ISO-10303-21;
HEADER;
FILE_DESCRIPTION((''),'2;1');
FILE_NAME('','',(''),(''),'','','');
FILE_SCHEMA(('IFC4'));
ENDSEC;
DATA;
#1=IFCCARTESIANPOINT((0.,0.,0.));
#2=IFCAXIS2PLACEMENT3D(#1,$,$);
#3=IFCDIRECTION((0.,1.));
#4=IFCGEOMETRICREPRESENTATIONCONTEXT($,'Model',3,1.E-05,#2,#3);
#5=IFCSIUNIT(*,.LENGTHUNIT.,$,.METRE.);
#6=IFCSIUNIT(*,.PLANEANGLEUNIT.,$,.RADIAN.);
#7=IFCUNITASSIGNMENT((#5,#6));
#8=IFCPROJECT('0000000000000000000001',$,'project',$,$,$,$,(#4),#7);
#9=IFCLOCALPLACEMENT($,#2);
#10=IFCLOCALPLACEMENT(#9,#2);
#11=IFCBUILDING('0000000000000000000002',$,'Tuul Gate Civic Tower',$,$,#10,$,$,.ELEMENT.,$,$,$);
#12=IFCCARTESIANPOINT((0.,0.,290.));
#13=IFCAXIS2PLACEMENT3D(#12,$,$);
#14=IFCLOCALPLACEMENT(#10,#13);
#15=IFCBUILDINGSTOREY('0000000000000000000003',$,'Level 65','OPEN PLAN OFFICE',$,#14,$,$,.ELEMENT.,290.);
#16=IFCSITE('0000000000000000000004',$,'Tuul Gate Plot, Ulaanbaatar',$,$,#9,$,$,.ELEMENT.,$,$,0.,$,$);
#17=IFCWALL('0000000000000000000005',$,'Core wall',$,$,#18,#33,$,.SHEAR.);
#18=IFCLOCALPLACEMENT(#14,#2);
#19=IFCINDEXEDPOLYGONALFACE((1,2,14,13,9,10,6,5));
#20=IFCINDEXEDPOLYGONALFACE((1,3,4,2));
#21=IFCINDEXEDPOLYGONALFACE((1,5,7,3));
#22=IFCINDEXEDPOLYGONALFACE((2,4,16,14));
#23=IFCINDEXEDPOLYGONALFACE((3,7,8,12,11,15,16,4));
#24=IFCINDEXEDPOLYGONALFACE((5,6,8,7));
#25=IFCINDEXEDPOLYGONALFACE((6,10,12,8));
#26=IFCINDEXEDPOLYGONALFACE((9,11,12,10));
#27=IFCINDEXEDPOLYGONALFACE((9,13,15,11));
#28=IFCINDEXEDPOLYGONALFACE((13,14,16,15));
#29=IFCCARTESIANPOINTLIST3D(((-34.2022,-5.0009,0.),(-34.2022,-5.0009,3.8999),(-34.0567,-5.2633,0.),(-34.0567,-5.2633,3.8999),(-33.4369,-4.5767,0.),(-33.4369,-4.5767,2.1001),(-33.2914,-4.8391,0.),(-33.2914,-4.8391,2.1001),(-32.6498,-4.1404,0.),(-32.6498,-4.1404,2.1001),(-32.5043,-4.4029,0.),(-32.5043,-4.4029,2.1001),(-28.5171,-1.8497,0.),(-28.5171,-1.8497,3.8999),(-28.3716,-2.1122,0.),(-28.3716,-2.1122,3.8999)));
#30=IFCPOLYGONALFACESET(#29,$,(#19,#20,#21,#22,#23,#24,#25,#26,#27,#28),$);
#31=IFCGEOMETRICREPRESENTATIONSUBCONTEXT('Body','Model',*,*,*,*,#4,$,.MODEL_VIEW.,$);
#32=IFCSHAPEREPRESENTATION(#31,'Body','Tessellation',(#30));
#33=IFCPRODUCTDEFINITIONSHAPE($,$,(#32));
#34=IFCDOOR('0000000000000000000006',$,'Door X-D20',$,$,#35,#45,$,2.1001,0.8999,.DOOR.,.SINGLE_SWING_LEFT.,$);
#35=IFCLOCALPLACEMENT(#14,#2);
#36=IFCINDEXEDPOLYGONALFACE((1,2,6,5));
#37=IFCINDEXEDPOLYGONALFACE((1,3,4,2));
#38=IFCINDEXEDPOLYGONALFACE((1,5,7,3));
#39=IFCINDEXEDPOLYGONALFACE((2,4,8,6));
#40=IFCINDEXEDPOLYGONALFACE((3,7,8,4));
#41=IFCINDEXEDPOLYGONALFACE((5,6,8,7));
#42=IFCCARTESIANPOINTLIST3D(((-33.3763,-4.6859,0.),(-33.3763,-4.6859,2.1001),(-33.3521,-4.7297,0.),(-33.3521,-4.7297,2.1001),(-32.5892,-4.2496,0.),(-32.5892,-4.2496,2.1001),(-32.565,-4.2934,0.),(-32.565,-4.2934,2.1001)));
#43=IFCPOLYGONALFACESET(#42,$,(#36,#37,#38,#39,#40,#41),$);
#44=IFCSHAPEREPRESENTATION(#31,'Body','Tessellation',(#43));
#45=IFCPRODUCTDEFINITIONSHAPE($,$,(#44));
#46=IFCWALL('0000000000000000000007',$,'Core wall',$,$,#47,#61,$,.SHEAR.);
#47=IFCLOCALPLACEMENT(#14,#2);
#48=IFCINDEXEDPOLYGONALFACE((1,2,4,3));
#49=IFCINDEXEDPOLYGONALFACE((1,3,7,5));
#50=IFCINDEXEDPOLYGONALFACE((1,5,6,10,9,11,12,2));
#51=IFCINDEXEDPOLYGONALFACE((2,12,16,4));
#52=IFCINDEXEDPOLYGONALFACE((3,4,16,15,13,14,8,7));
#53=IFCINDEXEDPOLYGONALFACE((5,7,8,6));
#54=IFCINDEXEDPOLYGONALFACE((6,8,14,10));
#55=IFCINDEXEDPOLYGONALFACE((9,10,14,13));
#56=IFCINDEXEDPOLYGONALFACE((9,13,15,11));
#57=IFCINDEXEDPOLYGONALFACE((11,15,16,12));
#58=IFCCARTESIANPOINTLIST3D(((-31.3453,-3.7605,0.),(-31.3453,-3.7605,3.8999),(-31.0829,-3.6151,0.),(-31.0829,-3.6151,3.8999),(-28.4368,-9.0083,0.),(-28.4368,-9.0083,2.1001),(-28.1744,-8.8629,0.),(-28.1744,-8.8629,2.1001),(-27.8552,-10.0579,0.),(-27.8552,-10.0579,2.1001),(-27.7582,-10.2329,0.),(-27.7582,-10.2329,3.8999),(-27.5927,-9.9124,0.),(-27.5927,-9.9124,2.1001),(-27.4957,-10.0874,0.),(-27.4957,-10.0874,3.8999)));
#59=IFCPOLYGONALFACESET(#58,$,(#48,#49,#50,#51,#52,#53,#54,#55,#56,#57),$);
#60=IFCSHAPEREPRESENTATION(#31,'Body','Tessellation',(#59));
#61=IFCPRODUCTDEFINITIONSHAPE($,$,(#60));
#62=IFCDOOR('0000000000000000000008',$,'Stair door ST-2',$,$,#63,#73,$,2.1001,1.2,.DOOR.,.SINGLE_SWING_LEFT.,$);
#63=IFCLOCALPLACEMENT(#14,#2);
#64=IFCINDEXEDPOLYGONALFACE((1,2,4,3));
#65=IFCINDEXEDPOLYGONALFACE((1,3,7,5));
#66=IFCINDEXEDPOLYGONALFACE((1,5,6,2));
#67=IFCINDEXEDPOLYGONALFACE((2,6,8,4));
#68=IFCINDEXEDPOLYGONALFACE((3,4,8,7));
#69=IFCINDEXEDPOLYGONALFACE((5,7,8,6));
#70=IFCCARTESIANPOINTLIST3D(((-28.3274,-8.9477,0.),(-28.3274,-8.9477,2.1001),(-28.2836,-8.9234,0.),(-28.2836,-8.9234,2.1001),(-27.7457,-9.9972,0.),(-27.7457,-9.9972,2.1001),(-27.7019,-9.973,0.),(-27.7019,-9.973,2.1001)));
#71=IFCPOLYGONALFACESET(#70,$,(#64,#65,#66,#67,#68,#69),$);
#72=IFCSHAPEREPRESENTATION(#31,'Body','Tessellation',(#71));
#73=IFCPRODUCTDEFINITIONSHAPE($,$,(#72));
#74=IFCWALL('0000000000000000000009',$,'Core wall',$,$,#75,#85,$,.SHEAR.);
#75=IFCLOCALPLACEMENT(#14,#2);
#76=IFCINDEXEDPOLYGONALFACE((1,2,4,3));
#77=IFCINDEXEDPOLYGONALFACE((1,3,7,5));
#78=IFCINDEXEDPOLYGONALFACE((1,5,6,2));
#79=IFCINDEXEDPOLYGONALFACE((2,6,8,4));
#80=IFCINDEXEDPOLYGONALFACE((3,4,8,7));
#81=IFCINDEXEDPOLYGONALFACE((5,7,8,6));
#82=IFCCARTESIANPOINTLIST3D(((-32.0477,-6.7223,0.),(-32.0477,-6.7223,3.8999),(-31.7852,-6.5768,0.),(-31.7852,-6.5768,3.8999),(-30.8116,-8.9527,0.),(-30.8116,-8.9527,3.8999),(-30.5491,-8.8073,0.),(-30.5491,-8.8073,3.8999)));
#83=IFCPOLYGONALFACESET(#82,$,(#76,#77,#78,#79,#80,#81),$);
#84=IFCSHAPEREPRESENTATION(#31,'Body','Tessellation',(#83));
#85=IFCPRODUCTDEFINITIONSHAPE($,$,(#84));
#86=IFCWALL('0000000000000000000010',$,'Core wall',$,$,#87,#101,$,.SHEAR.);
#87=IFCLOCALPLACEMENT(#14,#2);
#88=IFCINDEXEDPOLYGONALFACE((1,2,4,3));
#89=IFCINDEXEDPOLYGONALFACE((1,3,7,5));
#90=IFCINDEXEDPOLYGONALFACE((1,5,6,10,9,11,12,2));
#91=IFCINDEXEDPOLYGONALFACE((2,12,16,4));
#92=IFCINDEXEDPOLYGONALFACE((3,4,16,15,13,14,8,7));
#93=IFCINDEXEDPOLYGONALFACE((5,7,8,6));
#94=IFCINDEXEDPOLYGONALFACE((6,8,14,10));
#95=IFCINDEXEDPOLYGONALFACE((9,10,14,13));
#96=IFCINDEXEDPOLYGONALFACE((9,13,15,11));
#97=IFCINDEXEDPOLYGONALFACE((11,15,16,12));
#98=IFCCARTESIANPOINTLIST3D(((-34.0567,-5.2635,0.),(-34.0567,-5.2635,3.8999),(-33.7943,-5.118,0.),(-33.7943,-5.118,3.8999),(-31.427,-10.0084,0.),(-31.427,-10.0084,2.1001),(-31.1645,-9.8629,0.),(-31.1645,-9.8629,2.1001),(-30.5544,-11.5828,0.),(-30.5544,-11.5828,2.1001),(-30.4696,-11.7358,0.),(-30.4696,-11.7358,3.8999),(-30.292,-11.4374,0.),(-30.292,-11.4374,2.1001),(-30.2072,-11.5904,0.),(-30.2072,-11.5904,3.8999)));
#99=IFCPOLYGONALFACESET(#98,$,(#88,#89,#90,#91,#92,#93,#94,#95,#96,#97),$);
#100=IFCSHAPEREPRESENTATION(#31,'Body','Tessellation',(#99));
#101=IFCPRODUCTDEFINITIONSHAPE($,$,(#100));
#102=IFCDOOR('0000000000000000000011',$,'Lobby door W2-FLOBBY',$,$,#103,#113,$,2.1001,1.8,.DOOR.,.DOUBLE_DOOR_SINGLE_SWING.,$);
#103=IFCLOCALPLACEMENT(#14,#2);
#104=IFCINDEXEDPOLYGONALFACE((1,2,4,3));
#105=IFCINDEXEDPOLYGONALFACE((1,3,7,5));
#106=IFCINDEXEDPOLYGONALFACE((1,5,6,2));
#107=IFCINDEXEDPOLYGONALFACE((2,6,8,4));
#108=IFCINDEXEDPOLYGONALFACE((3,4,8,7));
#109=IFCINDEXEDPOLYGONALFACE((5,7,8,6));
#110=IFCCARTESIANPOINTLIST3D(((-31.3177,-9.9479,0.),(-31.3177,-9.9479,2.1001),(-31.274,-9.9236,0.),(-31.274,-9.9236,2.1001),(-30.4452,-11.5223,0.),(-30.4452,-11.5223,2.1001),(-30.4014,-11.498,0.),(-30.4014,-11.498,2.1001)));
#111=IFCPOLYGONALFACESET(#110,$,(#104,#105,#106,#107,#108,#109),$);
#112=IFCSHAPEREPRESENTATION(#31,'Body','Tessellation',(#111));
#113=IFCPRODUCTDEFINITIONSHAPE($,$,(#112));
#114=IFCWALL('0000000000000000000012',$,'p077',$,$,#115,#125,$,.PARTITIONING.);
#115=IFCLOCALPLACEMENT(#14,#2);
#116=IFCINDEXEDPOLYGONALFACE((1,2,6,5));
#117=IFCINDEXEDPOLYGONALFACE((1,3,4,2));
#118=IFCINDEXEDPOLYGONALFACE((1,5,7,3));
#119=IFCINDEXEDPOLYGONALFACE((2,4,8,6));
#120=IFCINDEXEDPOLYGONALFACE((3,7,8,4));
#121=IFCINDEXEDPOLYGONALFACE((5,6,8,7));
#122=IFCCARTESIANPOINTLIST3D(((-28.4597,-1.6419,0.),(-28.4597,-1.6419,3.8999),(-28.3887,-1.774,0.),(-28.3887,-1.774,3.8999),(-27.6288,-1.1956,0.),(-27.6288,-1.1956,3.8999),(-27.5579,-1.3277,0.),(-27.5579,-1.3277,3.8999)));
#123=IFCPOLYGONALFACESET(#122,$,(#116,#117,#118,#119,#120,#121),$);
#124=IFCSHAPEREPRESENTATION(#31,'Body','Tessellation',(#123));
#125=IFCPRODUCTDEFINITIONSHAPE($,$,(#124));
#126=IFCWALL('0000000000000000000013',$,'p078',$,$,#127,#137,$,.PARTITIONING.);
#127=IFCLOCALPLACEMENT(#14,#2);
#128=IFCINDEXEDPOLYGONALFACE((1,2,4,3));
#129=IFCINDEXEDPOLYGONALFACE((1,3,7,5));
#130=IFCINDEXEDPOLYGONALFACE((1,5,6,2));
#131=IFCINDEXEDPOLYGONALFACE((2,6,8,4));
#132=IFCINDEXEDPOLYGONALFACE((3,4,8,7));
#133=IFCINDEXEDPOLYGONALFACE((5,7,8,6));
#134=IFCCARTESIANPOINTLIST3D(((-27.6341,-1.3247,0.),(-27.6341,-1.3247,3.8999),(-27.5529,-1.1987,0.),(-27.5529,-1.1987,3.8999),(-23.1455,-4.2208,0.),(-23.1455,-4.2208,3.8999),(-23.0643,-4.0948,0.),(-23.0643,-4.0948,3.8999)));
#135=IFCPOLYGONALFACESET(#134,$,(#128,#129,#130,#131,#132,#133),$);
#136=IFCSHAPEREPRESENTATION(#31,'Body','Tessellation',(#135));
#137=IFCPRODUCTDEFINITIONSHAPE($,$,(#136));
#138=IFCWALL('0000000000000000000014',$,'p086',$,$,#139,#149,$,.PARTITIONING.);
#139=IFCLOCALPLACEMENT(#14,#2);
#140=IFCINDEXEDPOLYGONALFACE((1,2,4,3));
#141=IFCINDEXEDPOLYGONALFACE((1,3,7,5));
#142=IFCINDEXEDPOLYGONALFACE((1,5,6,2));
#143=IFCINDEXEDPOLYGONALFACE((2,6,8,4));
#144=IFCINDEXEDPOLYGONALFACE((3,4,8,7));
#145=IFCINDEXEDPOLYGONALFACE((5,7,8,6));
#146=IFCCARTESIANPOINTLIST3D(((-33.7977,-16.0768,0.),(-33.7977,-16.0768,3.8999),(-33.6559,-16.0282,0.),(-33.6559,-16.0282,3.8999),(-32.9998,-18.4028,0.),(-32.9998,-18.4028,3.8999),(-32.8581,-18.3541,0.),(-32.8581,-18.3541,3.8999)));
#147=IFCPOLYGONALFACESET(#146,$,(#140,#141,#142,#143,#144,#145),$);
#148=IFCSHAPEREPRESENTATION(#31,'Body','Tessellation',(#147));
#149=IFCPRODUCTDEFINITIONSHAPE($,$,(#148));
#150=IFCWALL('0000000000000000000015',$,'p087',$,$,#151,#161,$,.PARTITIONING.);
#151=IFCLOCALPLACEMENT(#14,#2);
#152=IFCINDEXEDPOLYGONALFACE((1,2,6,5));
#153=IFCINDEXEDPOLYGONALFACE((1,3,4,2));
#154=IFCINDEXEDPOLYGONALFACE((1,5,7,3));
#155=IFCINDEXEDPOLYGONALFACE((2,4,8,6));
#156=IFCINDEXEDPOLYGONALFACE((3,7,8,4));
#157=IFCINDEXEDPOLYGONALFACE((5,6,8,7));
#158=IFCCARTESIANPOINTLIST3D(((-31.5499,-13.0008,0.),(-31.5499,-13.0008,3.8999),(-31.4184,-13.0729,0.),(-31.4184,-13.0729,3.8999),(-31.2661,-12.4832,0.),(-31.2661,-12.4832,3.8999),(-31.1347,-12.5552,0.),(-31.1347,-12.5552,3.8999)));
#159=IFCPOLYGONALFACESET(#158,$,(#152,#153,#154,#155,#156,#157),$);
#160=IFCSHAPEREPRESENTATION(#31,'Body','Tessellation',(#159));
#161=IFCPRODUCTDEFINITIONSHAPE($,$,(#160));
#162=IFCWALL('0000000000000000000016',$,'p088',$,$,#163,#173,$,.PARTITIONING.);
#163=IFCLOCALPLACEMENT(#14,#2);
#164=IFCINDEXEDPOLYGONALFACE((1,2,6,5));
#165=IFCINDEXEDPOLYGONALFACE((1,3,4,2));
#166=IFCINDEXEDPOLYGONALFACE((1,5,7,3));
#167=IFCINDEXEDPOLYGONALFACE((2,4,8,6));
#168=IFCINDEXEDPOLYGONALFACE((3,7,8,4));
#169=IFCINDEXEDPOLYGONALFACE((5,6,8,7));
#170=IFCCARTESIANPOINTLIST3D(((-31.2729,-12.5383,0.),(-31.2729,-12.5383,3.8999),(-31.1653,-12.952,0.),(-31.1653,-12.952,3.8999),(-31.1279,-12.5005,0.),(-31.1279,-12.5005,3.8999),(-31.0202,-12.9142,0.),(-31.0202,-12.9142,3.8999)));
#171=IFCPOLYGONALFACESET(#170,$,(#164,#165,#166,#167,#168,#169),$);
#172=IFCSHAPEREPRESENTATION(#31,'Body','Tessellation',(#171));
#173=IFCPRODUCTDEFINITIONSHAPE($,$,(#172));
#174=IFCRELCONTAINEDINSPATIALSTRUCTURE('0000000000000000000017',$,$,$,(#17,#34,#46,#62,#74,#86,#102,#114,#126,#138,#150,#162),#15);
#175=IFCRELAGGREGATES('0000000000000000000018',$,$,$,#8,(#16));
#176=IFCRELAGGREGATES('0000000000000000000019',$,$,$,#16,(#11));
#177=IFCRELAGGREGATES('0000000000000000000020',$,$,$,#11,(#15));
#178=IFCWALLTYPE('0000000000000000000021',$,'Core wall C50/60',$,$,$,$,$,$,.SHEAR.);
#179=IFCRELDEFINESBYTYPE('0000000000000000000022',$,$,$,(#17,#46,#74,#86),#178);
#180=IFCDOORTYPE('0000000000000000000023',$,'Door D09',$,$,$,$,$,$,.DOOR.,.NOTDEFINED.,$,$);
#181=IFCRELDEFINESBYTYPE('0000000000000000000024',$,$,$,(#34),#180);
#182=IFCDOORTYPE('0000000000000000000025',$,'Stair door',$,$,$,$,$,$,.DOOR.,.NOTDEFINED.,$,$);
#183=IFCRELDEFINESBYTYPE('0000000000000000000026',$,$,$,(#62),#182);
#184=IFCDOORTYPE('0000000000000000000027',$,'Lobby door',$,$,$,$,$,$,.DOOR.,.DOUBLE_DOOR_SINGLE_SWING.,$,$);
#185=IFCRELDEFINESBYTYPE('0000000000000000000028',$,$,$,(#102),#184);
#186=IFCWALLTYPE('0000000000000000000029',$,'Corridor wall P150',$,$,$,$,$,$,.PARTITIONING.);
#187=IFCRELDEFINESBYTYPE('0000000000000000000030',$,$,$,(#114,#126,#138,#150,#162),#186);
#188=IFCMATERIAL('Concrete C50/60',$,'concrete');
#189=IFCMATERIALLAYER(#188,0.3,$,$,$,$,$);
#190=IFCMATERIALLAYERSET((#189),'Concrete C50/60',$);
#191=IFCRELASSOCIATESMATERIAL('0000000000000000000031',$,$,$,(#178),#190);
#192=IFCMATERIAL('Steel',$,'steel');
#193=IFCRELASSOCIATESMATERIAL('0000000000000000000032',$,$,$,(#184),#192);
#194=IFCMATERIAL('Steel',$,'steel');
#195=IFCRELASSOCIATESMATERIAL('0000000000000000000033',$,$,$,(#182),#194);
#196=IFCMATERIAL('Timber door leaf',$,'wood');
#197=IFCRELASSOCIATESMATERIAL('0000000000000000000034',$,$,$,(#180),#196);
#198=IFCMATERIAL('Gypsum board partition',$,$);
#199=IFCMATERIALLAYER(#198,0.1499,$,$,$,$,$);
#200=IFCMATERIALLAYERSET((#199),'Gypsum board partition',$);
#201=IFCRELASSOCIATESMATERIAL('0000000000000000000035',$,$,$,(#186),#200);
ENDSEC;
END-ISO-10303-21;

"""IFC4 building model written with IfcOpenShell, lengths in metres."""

from ifc_helpers import new_model, si_unit, direction, frame, frame_2d, origin, place, context, subcontext, project, spatial, rectangle, extrude, material, layer, layer_set, type_object, element, fill, save


model = new_model("IFC4")

# Units and contexts
model_context = context("Model", 3, precision=1e-05, world=origin(), true_north=direction((0.0, 1.0)))
body_context = subcontext(model_context, "Body", "Model", "MODEL_VIEW")
ifc_project = project(units=[si_unit("LENGTHUNIT", "METRE"), si_unit("PLANEANGLEUNIT", "RADIAN")], contexts=[model_context])

# Site, building, storey
site_placement = place(None, origin())
site = spatial("IfcSite", under=ifc_project, at=site_placement, Name="Tuul Gate Plot, Ulaanbaatar", CompositionType="ELEMENT", RefElevation=0.0)
building_placement = place(site_placement, origin())
building = spatial("IfcBuilding", under=site, at=building_placement, Name="Tuul Gate Civic Tower", CompositionType="ELEMENT")
storey_placement = place(building_placement, frame((0.0, 0.0, 290.0)))
storey = spatial("IfcBuildingStorey", under=building, at=storey_placement, Name="Level 65", Description="OPEN PLAN OFFICE", CompositionType="ELEMENT", Elevation=290.0)

# Shared definitions
ifc_material_1 = material(Name="Concrete C50/60", Category="concrete")
ifc_layer_1 = layer(ifc_material_1, 0.3)
ifc_layer_set_1 = layer_set([ifc_layer_1], Name="Concrete C50/60")
wall_type_1 = type_object("IfcWallType", Name="Core wall C50/60", PredefinedType="SHEAR", material=ifc_layer_set_1)
ifc_material_2 = material(Name="Steel", Category="steel")
door_type_1 = type_object("IfcDoorType", Name="Lobby door", OperationType="DOUBLE_DOOR_SINGLE_SWING", PredefinedType="DOOR", material=ifc_material_2)

# Shared definitions
ifc_material_3 = material(Name="Steel", Category="steel")
door_type_2 = type_object("IfcDoorType", Name="Stair door", OperationType="NOTDEFINED", PredefinedType="DOOR", material=ifc_material_3)

# Walls, openings, doors
wall_1_placement = place(storey_placement, frame((-28.4443, -1.981, 0.0), z_axis=(0.0, 0.0, 1.0), x_axis=(-0.87463, -0.484791, 0.0)))
wall_1 = element("IfcWall", 1, at=wall_1_placement, inside=storey, type_object=wall_type_1, Name="Core wall", PredefinedType="SHEAR", context=body_context, shape_type="SweptSolid", body=[
    extrude(rectangle(XDim=6.5, YDim=0.3, at=frame_2d((3.25, 0.0))), origin(), (0.0, 0.0, 1.0), 3.8999),
])
opening_1_placement = place(wall_1_placement, frame((4.7251, 0.0, 0.0)))
opening_1 = element("IfcOpeningElement", 2, at=opening_1_placement, cuts=wall_1, PredefinedType="OPENING", context=body_context, shape_type="SweptSolid", body=[
    extrude(rectangle(XDim=0.8999, YDim=2.1001, at=frame_2d((0.45, 1.05))), frame((0.0, 0.1602, 0.0), z_axis=(0.0, -1.0, 0.0), x_axis=(1.0, 0.0, 0.0)), (0.0, 0.0, 1.0), 0.3201),
])
ifc_material_4 = material(Name="Timber door leaf", Category="wood")
door_type_3 = type_object("IfcDoorType", Name="Door D09", OperationType="NOTDEFINED", PredefinedType="DOOR", material=ifc_material_4)
door_1_placement = place(opening_1_placement, origin())
door_1 = element("IfcDoor", 3, at=door_1_placement, inside=storey, type_object=door_type_3, Name="Door X-D20", OperationType="SINGLE_SWING_LEFT", OverallHeight=2.1001, OverallWidth=0.8999, PredefinedType="DOOR", context=body_context, shape_type="SweptSolid", body=[
    extrude(rectangle(XDim=0.8999, YDim=2.1001, at=frame_2d((0.45, 1.05))), frame((0.0, 0.0249, 0.0), z_axis=(0.0, -1.0, 0.0), x_axis=(1.0, 0.0, 0.0)), (0.0, 0.0, 1.0), 0.05),
])
fill(opening_1, door_1)
wall_2_placement = place(storey_placement, frame((-27.627, -10.1602, 0.0), z_axis=(0.0, 0.0, 1.0), x_axis=(-0.484752, 0.874652, 0.0)))
wall_2 = element("IfcWall", 4, at=wall_2_placement, inside=storey, type_object=wall_type_1, Name="Core wall", PredefinedType="SHEAR", context=body_context, shape_type="SweptSolid", body=[
    extrude(rectangle(XDim=7.3999, YDim=0.3, at=frame_2d((3.7, 0.0))), origin(), (0.0, 0.0, 1.0), 3.8999),
])
opening_2_placement = place(wall_2_placement, frame((0.2, 0.0, 0.0)))
opening_2 = element("IfcOpeningElement", 5, at=opening_2_placement, cuts=wall_2, PredefinedType="OPENING", context=body_context, shape_type="SweptSolid", body=[
    extrude(rectangle(XDim=1.2, YDim=2.1001, at=frame_2d((0.6001, 1.05))), frame((0.0, 0.1602, 0.0), z_axis=(0.0, -1.0, 0.0), x_axis=(1.0, 0.0, 0.0)), (0.0, 0.0, 1.0), 0.3201),
])
door_2_placement = place(opening_2_placement, origin())
door_2 = element("IfcDoor", 6, at=door_2_placement, inside=storey, type_object=door_type_2, Name="Stair door ST-2", OperationType="SINGLE_SWING_LEFT", OverallHeight=2.1001, OverallWidth=1.2, PredefinedType="DOOR", context=body_context, shape_type="SweptSolid", body=[
    extrude(rectangle(XDim=1.2, YDim=2.1001, at=frame_2d((0.6001, 1.05))), frame((0.0, 0.0249, 0.0), z_axis=(0.0, -1.0, 0.0), x_axis=(1.0, 0.0, 0.0)), (0.0, 0.0, 1.0), 0.05),
])
fill(opening_2, door_2)

# Wall
wall_3_placement = place(storey_placement, frame((-30.6804, -8.8799, 0.0), z_axis=(0.0, 0.0, 1.0), x_axis=(-0.484724, 0.874667, 0.0)))
element("IfcWall", 7, at=wall_3_placement, inside=storey, type_object=wall_type_1, Name="Core wall", PredefinedType="SHEAR", context=body_context, shape_type="SweptSolid", body=[
    extrude(rectangle(XDim=2.55, YDim=0.3, at=frame_2d((1.2749, 0.0))), origin(), (0.0, 0.0, 1.0), 3.8999),
])

# Wall, opening, door
wall_4_placement = place(storey_placement, frame((-30.3384, -11.6631, 0.0), z_axis=(0.0, 0.0, 1.0), x_axis=(-0.484752, 0.874652, 0.0)))
wall_4 = element("IfcWall", 8, at=wall_4_placement, inside=storey, type_object=wall_type_1, Name="Core wall", PredefinedType="SHEAR", context=body_context, shape_type="SweptSolid", body=[
    extrude(rectangle(XDim=7.3999, YDim=0.3, at=frame_2d((3.7, 0.0))), origin(), (0.0, 0.0, 1.0), 3.8999),
])
opening_3_placement = place(wall_4_placement, frame((0.175, 0.0, 0.0)))
opening_3 = element("IfcOpeningElement", 9, at=opening_3_placement, cuts=wall_4, PredefinedType="OPENING", context=body_context, shape_type="SweptSolid", body=[
    extrude(rectangle(XDim=1.8, YDim=2.1001, at=frame_2d((0.8999, 1.05))), frame((0.0, 0.1602, 0.0), z_axis=(0.0, -1.0, 0.0), x_axis=(1.0, 0.0, 0.0)), (0.0, 0.0, 1.0), 0.3201),
])
door_3_placement = place(opening_3_placement, frame((1.8, 0.0, 0.0), z_axis=(0.0, 0.0, 1.0), x_axis=(-1.0, 0.0, 0.0)))
door_3 = element("IfcDoor", 10, at=door_3_placement, inside=storey, type_object=door_type_1, Name="Lobby door W2-FLOBBY", OperationType="DOUBLE_DOOR_SINGLE_SWING", OverallHeight=2.1001, OverallWidth=1.8, PredefinedType="DOOR", context=body_context, shape_type="SweptSolid", body=[
    extrude(rectangle(XDim=1.8, YDim=2.1001, at=frame_2d((0.9001, 1.05))), frame((0.0, 0.0249, 0.0), z_axis=(0.0, -1.0, 0.0), x_axis=(1.0, 0.0, 0.0)), (0.0, 0.0, 1.0), 0.05),
])
fill(opening_3, door_3)

# Walls
ifc_material_5 = material(Name="Gypsum board partition")
ifc_layer_2 = layer(ifc_material_5, 0.1499)
ifc_layer_set_2 = layer_set([ifc_layer_2], Name="Gypsum board partition")
wall_type_2 = type_object("IfcWallType", Name="Corridor wall P150", PredefinedType="PARTITIONING", material=ifc_layer_set_2)
wall_5_placement = place(storey_placement, frame((-28.4243, -1.708, 0.0), z_axis=(0.0, 0.0, 1.0), x_axis=(0.880944, 0.47322, 0.0)))
element("IfcWall", 11, at=wall_5_placement, inside=storey, type_object=wall_type_2, Name="p077", PredefinedType="PARTITIONING", context=body_context, shape_type="SweptSolid", body=[
    extrude(rectangle(XDim=0.9431, YDim=0.1499, at=frame_2d((0.4717, 0.0))), origin(), (0.0, 0.0, 1.0), 3.8999),
])
wall_6_placement = place(storey_placement, frame((-27.5935, -1.2617, 0.0), z_axis=(0.0, 0.0, 1.0), x_axis=(0.840282, -0.54215, 0.0)))
element("IfcWall", 12, at=wall_6_placement, inside=storey, type_object=wall_type_2, Name="p078", PredefinedType="PARTITIONING", context=body_context, shape_type="SweptSolid", body=[
    extrude(rectangle(XDim=5.3418, YDim=0.1499, at=frame_2d((2.6709, 0.0))), origin(), (0.0, 0.0, 1.0), 3.8999),
])
wall_7_placement = place(storey_placement, frame((-33.7268, -16.0525, 0.0), z_axis=(0.0, 0.0, 1.0), x_axis=(0.324466, -0.945897, 0.0)))
element("IfcWall", 13, at=wall_7_placement, inside=storey, type_object=wall_type_2, Name="p086", PredefinedType="PARTITIONING", context=body_context, shape_type="SweptSolid", body=[
    extrude(rectangle(XDim=2.459, YDim=0.1499, at=frame_2d((1.2295, 0.0))), origin(), (0.0, 0.0, 1.0), 3.8999),
])
wall_8_placement = place(storey_placement, frame((-31.4841, -13.0369, 0.0), z_axis=(0.0, 0.0, 1.0), x_axis=(0.480648, 0.876914, 0.0)))
element("IfcWall", 14, at=wall_8_placement, inside=storey, type_object=wall_type_2, Name="p087", PredefinedType="PARTITIONING", context=body_context, shape_type="SweptSolid", body=[
    extrude(rectangle(XDim=0.5903, YDim=0.1499, at=frame_2d((0.2952, 0.0))), origin(), (0.0, 0.0, 1.0), 3.8999),
])
wall_9_placement = place(storey_placement, frame((-31.2004, -12.5193, 0.0), z_axis=(0.0, 0.0, 1.0), x_axis=(0.251794, -0.967781, 0.0)))
element("IfcWall", 15, at=wall_9_placement, inside=storey, type_object=wall_type_2, Name="p088", PredefinedType="PARTITIONING", context=body_context, shape_type="SweptSolid", body=[
    extrude(rectangle(XDim=0.4275, YDim=0.1499, at=frame_2d((0.2139, 0.0))), origin(), (0.0, 0.0, 1.0), 3.8999),
])

save(model, "model.ifc")
